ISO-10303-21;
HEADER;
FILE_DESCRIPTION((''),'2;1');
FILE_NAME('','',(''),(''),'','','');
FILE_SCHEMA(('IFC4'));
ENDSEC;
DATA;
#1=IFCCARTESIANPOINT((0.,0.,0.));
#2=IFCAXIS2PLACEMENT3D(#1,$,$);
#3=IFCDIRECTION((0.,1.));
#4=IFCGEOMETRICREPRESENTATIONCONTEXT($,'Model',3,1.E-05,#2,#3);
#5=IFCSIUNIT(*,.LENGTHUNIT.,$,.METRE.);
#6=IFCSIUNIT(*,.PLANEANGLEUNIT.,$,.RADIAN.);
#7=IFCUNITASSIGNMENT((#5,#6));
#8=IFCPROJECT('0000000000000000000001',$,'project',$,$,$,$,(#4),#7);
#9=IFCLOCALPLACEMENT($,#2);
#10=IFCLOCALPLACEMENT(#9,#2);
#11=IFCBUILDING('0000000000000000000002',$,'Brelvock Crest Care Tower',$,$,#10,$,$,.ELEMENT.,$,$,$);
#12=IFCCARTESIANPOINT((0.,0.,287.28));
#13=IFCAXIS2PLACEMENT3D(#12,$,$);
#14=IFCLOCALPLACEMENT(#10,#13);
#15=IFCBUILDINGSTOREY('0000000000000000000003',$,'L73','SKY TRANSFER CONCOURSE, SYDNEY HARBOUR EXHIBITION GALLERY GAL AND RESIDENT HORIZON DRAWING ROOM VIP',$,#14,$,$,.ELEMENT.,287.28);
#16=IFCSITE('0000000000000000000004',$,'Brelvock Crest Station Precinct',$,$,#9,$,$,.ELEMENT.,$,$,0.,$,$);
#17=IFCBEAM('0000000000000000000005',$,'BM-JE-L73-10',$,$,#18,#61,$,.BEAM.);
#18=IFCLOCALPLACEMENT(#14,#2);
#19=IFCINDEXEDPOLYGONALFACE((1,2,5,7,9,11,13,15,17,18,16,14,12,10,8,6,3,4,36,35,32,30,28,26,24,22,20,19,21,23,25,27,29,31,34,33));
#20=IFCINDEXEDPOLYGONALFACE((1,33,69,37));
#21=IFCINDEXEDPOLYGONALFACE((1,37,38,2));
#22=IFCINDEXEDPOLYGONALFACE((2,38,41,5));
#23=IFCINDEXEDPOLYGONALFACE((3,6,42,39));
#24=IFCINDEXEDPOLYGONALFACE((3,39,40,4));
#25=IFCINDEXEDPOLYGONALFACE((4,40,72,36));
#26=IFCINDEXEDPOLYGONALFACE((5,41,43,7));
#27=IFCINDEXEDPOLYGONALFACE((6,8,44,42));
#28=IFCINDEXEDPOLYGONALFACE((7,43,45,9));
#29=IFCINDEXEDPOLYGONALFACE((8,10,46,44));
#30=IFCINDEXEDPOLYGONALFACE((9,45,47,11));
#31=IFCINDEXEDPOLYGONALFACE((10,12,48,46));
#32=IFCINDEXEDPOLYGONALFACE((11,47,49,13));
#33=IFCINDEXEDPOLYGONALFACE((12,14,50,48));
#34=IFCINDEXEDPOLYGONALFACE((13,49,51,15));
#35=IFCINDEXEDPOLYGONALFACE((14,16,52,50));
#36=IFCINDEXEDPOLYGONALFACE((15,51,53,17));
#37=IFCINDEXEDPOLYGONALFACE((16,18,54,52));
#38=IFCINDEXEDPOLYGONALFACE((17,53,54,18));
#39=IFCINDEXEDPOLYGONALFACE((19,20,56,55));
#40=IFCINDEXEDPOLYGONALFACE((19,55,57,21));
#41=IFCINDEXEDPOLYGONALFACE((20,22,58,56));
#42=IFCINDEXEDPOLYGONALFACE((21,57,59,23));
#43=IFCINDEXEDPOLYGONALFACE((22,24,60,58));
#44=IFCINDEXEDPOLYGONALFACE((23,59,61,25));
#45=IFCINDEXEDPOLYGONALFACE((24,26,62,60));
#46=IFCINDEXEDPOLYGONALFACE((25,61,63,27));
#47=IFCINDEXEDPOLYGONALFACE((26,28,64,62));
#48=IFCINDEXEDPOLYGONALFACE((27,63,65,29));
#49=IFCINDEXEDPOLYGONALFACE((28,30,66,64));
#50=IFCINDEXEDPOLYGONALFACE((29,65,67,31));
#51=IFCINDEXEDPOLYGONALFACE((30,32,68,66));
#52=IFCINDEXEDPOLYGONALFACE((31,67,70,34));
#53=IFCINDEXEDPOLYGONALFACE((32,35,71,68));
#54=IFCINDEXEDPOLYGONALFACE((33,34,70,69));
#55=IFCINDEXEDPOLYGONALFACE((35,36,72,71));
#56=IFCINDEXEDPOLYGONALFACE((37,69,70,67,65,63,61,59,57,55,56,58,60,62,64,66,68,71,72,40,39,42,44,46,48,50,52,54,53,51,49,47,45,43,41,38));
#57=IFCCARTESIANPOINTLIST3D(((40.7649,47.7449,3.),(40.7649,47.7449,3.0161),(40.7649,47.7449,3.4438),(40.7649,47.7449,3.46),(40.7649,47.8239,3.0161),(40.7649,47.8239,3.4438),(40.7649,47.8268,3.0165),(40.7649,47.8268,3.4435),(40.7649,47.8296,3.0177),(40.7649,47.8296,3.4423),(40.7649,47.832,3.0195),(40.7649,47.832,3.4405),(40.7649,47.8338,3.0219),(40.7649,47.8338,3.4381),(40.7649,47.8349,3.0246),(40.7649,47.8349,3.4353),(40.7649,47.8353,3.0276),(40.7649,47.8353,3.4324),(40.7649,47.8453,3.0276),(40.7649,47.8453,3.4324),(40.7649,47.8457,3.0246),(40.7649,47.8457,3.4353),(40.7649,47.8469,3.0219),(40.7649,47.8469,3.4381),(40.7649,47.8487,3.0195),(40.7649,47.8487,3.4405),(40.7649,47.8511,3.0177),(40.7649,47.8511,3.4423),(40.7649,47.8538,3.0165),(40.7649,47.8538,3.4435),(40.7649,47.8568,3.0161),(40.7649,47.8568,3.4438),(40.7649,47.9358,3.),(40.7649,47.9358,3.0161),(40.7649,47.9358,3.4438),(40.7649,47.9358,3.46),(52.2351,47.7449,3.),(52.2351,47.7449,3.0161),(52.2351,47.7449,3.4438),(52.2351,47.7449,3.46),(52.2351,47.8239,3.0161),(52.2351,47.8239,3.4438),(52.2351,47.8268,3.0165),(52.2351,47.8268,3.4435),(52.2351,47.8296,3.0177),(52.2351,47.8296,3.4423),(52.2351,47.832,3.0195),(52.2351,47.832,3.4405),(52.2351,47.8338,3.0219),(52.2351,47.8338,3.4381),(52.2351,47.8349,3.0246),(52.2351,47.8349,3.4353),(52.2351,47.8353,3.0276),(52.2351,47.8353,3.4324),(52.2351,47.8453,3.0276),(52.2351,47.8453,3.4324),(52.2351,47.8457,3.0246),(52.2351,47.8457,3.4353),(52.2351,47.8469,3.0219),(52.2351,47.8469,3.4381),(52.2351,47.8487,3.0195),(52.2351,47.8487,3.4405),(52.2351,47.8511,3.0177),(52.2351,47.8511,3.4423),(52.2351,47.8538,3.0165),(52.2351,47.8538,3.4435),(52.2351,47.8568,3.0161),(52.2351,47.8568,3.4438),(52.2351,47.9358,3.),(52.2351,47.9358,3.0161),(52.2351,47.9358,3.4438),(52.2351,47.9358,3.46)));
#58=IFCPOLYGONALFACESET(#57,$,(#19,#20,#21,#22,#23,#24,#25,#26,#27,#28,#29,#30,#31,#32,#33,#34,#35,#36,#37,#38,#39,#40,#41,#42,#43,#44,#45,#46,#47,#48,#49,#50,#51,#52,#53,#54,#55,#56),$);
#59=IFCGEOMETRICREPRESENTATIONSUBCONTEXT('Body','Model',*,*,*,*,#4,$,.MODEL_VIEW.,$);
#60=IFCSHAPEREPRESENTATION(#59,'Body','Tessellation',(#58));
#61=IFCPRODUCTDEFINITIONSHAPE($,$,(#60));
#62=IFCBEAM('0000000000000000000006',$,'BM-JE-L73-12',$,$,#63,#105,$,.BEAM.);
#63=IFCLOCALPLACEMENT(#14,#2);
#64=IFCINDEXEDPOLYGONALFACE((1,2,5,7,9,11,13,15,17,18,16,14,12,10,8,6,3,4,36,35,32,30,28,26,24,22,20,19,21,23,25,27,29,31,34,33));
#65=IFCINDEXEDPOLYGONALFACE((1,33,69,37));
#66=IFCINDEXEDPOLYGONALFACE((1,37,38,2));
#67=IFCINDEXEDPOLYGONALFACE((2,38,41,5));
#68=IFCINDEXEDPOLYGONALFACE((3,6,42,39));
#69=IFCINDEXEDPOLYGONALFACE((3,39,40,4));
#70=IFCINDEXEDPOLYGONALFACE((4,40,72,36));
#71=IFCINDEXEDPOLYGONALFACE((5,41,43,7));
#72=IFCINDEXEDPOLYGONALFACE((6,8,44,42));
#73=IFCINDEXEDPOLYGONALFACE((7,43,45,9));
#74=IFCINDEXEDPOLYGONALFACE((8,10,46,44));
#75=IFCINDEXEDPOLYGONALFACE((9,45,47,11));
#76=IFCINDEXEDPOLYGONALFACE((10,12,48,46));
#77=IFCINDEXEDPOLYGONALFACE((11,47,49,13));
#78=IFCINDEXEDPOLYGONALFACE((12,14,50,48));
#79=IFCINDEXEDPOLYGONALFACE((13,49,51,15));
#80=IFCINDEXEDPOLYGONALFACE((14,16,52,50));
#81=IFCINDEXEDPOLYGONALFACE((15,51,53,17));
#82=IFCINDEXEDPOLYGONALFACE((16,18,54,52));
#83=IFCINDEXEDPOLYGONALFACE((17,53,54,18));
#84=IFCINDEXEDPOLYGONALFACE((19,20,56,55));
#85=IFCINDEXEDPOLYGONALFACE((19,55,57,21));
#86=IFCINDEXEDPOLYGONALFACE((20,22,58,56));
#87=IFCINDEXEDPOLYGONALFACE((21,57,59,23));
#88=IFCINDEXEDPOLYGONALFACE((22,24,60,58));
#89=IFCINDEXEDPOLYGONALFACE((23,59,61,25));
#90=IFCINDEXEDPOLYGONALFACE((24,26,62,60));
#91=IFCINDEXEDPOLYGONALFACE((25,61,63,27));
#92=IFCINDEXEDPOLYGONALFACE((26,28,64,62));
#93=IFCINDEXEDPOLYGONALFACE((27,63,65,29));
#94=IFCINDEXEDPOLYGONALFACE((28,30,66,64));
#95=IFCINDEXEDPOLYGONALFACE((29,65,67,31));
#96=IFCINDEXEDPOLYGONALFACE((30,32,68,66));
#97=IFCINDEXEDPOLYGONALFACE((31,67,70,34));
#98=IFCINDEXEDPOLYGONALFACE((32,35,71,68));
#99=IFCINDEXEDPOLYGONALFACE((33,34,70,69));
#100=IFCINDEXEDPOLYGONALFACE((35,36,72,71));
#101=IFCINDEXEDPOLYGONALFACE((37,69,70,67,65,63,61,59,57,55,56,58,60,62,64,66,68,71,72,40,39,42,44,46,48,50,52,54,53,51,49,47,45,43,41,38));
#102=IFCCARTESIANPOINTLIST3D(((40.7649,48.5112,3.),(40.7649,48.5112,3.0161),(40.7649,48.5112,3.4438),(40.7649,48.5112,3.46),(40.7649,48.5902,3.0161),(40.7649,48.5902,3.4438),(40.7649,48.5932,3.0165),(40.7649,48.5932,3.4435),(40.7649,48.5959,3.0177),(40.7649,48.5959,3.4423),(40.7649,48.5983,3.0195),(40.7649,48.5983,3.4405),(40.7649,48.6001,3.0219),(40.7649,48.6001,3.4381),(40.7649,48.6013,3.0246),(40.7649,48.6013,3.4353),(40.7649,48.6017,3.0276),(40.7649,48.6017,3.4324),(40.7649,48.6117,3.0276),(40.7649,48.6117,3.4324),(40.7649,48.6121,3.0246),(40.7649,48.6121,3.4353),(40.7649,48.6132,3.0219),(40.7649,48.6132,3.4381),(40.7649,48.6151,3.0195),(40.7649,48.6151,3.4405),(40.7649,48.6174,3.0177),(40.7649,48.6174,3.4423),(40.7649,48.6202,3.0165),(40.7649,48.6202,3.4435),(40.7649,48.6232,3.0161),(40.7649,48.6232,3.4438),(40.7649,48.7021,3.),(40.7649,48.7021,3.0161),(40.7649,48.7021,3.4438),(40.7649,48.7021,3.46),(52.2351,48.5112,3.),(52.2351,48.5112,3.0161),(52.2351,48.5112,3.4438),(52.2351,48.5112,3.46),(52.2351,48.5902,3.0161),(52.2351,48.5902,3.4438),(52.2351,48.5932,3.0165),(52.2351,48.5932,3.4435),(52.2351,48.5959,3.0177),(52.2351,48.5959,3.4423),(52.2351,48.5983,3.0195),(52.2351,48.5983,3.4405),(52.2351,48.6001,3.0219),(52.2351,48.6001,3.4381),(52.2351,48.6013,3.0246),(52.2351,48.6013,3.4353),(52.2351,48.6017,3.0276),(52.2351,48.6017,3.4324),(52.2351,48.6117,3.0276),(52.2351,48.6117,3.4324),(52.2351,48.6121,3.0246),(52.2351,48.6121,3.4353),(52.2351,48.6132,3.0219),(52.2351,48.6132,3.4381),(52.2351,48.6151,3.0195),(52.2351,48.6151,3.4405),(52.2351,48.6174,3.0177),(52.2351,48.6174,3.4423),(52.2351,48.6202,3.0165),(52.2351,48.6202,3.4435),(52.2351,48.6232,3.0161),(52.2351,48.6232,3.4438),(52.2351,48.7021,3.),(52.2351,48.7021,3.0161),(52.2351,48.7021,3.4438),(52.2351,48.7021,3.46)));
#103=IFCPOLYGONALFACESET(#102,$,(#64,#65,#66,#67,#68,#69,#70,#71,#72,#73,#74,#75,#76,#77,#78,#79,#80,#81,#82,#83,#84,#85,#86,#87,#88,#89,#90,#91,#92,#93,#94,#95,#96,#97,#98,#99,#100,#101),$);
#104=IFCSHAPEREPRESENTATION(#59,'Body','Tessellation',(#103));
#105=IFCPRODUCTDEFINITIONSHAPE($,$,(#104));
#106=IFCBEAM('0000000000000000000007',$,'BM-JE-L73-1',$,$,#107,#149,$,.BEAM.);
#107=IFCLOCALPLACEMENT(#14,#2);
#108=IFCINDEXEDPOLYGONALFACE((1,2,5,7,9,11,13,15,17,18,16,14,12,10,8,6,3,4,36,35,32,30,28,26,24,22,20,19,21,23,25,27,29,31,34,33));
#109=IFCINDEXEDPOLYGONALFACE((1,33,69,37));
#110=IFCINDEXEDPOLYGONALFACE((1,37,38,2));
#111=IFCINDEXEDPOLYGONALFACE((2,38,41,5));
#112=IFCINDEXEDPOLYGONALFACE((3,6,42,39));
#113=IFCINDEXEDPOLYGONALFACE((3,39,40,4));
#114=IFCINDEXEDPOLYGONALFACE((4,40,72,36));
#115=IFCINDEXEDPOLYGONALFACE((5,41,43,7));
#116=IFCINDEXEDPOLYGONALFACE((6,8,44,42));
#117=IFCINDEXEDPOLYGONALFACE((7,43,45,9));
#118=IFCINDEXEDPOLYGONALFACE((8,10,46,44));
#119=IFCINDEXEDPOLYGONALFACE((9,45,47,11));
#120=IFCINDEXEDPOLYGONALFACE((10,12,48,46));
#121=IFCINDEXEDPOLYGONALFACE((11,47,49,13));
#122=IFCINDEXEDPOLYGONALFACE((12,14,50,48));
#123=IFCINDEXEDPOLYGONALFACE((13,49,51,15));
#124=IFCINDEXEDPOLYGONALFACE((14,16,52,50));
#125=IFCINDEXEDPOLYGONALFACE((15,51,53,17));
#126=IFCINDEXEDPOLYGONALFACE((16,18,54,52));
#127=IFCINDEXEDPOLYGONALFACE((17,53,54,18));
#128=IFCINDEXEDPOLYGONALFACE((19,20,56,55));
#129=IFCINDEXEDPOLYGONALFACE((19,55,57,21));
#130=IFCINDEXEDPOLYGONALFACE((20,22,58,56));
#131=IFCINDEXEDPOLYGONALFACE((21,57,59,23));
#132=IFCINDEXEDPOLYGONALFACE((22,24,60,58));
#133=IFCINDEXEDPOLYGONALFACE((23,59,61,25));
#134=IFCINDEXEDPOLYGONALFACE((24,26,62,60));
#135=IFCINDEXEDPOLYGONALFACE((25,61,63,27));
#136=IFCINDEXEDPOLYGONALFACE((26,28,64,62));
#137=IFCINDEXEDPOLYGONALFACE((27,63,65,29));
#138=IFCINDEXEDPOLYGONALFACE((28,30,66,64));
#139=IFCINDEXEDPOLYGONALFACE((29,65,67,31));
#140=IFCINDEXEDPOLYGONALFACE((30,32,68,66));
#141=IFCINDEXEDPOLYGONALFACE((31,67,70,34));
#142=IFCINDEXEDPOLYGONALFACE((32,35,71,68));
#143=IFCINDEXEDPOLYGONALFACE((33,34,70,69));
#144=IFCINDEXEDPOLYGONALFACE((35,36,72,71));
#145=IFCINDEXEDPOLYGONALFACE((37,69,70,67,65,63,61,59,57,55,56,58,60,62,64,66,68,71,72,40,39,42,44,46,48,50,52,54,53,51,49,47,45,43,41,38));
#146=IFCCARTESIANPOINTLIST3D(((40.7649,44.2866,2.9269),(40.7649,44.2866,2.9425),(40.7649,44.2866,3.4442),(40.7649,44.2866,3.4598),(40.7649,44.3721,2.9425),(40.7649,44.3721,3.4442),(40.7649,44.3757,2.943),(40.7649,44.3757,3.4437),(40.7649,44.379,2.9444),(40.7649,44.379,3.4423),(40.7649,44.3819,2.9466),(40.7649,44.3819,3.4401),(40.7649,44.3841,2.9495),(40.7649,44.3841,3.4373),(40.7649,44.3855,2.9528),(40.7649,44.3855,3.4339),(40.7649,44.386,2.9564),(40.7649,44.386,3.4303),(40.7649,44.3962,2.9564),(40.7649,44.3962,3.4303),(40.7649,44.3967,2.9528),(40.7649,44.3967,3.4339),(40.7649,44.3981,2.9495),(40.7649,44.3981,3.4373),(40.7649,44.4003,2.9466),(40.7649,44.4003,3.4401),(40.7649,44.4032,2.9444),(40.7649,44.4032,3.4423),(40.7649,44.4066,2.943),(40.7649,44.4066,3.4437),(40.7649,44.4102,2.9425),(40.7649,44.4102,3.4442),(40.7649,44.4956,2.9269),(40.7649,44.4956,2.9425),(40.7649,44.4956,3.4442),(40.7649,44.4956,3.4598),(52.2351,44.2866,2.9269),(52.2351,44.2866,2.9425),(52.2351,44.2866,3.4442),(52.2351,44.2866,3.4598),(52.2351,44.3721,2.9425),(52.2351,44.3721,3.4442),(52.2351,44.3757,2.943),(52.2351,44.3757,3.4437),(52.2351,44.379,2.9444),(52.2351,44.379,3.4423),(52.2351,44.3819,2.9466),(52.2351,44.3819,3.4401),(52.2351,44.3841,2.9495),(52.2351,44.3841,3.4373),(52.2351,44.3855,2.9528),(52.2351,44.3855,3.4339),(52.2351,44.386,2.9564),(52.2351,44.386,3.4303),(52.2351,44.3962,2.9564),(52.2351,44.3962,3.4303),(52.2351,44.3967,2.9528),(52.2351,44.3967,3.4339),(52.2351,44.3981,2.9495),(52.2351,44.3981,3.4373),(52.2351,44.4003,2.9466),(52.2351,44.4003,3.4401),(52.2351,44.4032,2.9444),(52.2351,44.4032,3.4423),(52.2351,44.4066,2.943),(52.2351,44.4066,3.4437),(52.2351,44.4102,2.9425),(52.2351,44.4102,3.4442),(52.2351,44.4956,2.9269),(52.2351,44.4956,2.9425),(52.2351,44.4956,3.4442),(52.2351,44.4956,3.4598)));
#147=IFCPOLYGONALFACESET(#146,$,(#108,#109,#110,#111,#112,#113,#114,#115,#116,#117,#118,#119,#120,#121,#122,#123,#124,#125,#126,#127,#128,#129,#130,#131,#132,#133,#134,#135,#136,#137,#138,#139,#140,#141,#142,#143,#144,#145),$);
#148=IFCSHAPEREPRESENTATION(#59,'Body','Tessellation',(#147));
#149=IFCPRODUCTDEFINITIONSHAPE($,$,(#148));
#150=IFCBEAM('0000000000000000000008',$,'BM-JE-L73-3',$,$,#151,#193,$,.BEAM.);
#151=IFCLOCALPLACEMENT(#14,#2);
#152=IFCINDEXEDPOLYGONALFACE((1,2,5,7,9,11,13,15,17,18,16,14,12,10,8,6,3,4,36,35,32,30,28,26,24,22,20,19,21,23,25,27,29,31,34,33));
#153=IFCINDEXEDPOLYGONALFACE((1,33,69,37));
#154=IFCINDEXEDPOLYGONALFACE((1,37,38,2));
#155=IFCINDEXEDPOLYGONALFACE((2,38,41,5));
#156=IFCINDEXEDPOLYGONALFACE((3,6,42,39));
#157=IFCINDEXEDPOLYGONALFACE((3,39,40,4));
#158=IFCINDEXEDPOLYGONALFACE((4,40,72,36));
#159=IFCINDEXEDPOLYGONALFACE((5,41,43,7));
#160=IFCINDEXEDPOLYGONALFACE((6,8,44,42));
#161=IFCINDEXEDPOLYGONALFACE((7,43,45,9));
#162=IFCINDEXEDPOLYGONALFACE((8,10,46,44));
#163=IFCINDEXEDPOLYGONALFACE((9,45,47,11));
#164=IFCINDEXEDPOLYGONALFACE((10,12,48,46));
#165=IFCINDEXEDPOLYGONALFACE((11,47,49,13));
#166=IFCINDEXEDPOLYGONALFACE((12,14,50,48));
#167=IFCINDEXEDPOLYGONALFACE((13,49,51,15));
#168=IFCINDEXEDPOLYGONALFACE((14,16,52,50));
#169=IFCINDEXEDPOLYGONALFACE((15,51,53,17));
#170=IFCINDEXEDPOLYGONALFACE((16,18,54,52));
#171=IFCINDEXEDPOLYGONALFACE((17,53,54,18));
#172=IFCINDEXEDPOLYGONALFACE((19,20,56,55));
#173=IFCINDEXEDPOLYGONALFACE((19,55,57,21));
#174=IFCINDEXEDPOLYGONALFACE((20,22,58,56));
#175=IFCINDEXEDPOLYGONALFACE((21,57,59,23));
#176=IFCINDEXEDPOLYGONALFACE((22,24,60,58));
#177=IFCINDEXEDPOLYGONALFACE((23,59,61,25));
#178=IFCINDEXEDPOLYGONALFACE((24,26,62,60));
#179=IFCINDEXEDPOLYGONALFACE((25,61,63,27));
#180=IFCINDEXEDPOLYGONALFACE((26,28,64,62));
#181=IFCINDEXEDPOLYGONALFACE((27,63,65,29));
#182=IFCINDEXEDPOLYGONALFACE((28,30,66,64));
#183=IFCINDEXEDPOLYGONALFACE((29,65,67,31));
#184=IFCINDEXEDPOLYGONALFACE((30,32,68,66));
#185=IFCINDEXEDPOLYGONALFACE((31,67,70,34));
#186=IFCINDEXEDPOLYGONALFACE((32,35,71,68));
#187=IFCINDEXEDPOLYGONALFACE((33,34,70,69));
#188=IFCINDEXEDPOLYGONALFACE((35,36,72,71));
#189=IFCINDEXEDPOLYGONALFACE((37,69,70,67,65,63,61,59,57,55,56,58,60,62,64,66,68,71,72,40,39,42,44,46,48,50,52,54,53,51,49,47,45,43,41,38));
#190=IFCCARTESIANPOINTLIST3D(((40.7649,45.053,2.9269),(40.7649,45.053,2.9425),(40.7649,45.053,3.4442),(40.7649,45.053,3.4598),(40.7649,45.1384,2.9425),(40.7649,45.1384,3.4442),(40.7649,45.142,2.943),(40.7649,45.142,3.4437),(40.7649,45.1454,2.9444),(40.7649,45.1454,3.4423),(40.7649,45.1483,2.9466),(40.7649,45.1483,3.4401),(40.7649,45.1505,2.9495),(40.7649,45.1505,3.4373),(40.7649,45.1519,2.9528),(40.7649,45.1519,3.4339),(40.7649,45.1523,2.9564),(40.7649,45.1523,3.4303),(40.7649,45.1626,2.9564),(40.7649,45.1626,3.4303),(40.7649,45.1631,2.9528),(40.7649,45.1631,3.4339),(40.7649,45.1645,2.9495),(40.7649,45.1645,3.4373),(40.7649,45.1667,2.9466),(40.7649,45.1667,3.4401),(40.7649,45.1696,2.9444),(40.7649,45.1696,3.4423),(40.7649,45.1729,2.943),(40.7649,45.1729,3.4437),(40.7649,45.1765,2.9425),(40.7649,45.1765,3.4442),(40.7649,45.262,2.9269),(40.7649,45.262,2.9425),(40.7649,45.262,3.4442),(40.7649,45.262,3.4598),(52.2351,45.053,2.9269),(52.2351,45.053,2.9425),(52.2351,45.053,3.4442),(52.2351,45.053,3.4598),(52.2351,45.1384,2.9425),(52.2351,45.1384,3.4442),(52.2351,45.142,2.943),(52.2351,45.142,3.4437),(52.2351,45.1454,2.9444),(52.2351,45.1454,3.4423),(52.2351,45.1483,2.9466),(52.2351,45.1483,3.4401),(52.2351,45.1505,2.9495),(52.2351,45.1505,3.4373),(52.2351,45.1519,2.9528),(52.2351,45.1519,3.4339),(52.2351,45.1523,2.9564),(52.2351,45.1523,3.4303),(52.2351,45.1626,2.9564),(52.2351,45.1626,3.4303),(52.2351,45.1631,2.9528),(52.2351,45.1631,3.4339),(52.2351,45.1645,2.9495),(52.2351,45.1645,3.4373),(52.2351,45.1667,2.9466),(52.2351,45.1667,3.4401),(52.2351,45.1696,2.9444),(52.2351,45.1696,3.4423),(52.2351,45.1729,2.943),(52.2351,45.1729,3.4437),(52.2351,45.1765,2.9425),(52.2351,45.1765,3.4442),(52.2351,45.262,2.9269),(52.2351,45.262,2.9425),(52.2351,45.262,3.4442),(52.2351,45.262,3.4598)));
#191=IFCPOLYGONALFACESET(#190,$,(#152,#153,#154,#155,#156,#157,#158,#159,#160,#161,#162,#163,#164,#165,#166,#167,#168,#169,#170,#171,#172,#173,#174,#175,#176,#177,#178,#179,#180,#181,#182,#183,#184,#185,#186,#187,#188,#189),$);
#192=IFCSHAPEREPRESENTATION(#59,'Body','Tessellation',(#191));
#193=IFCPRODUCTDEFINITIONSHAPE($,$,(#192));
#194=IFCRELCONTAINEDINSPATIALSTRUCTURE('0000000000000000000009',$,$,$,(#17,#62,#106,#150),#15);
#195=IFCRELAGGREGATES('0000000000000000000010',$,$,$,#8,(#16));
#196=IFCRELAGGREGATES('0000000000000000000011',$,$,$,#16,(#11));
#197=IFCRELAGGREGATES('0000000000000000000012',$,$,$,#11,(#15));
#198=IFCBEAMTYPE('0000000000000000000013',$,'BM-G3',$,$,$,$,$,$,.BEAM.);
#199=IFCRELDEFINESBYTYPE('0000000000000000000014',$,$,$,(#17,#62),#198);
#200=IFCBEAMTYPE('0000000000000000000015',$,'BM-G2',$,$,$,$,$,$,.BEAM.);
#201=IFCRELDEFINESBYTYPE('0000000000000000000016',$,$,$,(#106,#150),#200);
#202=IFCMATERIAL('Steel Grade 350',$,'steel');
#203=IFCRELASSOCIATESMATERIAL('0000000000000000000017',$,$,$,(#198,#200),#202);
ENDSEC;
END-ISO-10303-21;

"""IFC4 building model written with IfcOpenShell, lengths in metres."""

from ifc_helpers import new_model, si_unit, direction, frame, origin, origin_2d, place, context, subcontext, project, spatial, i_section, extrude, source, transform, mapped, material, material_profile, profile_set, type_object, element, save


model = new_model("IFC4")

# Units and contexts
model_context = context("Model", 3, precision=1e-05, world=origin(), true_north=direction((0.0, 1.0)))
body_context = subcontext(model_context, "Body", "Model", "MODEL_VIEW")
ifc_project = project(units=[si_unit("LENGTHUNIT", "METRE"), si_unit("PLANEANGLEUNIT", "RADIAN")], contexts=[model_context])

# Site, building, storey
site_placement = place(None, origin())
site = spatial("IfcSite", under=ifc_project, at=site_placement, Name="Brelvock Crest Station Precinct", CompositionType="ELEMENT", RefElevation=0.0)
building_placement = place(site_placement, origin())
building = spatial("IfcBuilding", under=site, at=building_placement, Name="Brelvock Crest Care Tower", CompositionType="ELEMENT")
storey_placement = place(building_placement, frame((0.0, 0.0, 287.28)))
storey = spatial("IfcBuildingStorey", under=building, at=storey_placement, Name="L73", Description="SKY TRANSFER CONCOURSE, SYDNEY HARBOUR EXHIBITION GALLERY GAL AND RESIDENT HORIZON DRAWING ROOM VIP", CompositionType="ELEMENT", Elevation=287.28)

# Shared definitions
ifc_material_1 = material(Name="Steel Grade 350", Category="steel")

# Beams
ifc_material_profile_1 = material_profile(ifc_material_1, i_section(OverallWidth=0.1909, OverallDepth=0.46, WebThickness=0.01, FlangeThickness=0.0161, FilletRadius=0.0115, at=origin_2d()), Name="460UB82.1")
ifc_profile_set_1 = profile_set([ifc_material_profile_1], Name="Steel Grade 350")
beam_type_1 = type_object("IfcBeamType", Name="BM-G3", PredefinedType="BEAM", material=ifc_profile_set_1)
shared_shape_1 = source(origin(), body_context, "Body", "SweptSolid", [
    extrude(i_section(OverallWidth=0.1909, OverallDepth=0.46, WebThickness=0.01, FlangeThickness=0.0161, FilletRadius=0.0115, at=origin_2d()), origin(), (0.0, 0.0, 1.0), 11.4702),
])
for number, where, z_axis, x_axis, name in (
    (1, (40.7649, 47.8403, 3.23), (1.0, 0.0, 0.0), (0.0, 1.0, 0.0), "BM-JE-L73-10"),
    (2, (40.7649, 48.6067, 3.23), (1.0, 0.0, 0.0), (0.0, 1.0, 0.0), "BM-JE-L73-12"),
):
    element("IfcBeam", number, at=place(storey_placement, frame(where, z_axis=z_axis, x_axis=x_axis)), inside=storey, type_object=beam_type_1, Name=name, PredefinedType="BEAM", context=body_context, shape_type="MappedRepresentation", body=[
        mapped(shared_shape_1, transform((0.0, 0.0, 0.0), x_axis=(1.0, 0.0, 0.0), y_axis=(0.0, 1.0, 0.0), z_axis=(0.0, 0.0, 1.0), scale=1.0)),
    ])
ifc_material_profile_2 = material_profile(ifc_material_1, i_section(OverallWidth=0.209, OverallDepth=0.533, WebThickness=0.0103, FlangeThickness=0.0156, FilletRadius=0.0139, at=origin_2d()), Name="530UB92.4")
ifc_profile_set_2 = profile_set([ifc_material_profile_2], Name="Steel Grade 350")
beam_type_2 = type_object("IfcBeamType", Name="BM-G2", PredefinedType="BEAM", material=ifc_profile_set_2)
shared_shape_2 = source(origin(), body_context, "Body", "SweptSolid", [
    extrude(i_section(OverallWidth=0.209, OverallDepth=0.533, WebThickness=0.0103, FlangeThickness=0.0156, FilletRadius=0.0139, at=origin_2d()), origin(), (0.0, 0.0, 1.0), 11.4702),
])
for number, where, z_axis, x_axis, name in (
    (3, (40.7649, 44.3911, 3.1934), (1.0, 0.0, 0.0), (0.0, 1.0, 0.0), "BM-JE-L73-1"),
    (4, (40.7649, 45.1575, 3.1934), (1.0, 0.0, 0.0), (0.0, 1.0, 0.0), "BM-JE-L73-3"),
):
    element("IfcBeam", number, at=place(storey_placement, frame(where, z_axis=z_axis, x_axis=x_axis)), inside=storey, type_object=beam_type_2, Name=name, PredefinedType="BEAM", context=body_context, shape_type="MappedRepresentation", body=[
        mapped(shared_shape_2, transform((0.0, 0.0, 0.0), x_axis=(1.0, 0.0, 0.0), y_axis=(0.0, 1.0, 0.0), z_axis=(0.0, 0.0, 1.0), scale=1.0)),
    ])

save(model, "model.ifc")
